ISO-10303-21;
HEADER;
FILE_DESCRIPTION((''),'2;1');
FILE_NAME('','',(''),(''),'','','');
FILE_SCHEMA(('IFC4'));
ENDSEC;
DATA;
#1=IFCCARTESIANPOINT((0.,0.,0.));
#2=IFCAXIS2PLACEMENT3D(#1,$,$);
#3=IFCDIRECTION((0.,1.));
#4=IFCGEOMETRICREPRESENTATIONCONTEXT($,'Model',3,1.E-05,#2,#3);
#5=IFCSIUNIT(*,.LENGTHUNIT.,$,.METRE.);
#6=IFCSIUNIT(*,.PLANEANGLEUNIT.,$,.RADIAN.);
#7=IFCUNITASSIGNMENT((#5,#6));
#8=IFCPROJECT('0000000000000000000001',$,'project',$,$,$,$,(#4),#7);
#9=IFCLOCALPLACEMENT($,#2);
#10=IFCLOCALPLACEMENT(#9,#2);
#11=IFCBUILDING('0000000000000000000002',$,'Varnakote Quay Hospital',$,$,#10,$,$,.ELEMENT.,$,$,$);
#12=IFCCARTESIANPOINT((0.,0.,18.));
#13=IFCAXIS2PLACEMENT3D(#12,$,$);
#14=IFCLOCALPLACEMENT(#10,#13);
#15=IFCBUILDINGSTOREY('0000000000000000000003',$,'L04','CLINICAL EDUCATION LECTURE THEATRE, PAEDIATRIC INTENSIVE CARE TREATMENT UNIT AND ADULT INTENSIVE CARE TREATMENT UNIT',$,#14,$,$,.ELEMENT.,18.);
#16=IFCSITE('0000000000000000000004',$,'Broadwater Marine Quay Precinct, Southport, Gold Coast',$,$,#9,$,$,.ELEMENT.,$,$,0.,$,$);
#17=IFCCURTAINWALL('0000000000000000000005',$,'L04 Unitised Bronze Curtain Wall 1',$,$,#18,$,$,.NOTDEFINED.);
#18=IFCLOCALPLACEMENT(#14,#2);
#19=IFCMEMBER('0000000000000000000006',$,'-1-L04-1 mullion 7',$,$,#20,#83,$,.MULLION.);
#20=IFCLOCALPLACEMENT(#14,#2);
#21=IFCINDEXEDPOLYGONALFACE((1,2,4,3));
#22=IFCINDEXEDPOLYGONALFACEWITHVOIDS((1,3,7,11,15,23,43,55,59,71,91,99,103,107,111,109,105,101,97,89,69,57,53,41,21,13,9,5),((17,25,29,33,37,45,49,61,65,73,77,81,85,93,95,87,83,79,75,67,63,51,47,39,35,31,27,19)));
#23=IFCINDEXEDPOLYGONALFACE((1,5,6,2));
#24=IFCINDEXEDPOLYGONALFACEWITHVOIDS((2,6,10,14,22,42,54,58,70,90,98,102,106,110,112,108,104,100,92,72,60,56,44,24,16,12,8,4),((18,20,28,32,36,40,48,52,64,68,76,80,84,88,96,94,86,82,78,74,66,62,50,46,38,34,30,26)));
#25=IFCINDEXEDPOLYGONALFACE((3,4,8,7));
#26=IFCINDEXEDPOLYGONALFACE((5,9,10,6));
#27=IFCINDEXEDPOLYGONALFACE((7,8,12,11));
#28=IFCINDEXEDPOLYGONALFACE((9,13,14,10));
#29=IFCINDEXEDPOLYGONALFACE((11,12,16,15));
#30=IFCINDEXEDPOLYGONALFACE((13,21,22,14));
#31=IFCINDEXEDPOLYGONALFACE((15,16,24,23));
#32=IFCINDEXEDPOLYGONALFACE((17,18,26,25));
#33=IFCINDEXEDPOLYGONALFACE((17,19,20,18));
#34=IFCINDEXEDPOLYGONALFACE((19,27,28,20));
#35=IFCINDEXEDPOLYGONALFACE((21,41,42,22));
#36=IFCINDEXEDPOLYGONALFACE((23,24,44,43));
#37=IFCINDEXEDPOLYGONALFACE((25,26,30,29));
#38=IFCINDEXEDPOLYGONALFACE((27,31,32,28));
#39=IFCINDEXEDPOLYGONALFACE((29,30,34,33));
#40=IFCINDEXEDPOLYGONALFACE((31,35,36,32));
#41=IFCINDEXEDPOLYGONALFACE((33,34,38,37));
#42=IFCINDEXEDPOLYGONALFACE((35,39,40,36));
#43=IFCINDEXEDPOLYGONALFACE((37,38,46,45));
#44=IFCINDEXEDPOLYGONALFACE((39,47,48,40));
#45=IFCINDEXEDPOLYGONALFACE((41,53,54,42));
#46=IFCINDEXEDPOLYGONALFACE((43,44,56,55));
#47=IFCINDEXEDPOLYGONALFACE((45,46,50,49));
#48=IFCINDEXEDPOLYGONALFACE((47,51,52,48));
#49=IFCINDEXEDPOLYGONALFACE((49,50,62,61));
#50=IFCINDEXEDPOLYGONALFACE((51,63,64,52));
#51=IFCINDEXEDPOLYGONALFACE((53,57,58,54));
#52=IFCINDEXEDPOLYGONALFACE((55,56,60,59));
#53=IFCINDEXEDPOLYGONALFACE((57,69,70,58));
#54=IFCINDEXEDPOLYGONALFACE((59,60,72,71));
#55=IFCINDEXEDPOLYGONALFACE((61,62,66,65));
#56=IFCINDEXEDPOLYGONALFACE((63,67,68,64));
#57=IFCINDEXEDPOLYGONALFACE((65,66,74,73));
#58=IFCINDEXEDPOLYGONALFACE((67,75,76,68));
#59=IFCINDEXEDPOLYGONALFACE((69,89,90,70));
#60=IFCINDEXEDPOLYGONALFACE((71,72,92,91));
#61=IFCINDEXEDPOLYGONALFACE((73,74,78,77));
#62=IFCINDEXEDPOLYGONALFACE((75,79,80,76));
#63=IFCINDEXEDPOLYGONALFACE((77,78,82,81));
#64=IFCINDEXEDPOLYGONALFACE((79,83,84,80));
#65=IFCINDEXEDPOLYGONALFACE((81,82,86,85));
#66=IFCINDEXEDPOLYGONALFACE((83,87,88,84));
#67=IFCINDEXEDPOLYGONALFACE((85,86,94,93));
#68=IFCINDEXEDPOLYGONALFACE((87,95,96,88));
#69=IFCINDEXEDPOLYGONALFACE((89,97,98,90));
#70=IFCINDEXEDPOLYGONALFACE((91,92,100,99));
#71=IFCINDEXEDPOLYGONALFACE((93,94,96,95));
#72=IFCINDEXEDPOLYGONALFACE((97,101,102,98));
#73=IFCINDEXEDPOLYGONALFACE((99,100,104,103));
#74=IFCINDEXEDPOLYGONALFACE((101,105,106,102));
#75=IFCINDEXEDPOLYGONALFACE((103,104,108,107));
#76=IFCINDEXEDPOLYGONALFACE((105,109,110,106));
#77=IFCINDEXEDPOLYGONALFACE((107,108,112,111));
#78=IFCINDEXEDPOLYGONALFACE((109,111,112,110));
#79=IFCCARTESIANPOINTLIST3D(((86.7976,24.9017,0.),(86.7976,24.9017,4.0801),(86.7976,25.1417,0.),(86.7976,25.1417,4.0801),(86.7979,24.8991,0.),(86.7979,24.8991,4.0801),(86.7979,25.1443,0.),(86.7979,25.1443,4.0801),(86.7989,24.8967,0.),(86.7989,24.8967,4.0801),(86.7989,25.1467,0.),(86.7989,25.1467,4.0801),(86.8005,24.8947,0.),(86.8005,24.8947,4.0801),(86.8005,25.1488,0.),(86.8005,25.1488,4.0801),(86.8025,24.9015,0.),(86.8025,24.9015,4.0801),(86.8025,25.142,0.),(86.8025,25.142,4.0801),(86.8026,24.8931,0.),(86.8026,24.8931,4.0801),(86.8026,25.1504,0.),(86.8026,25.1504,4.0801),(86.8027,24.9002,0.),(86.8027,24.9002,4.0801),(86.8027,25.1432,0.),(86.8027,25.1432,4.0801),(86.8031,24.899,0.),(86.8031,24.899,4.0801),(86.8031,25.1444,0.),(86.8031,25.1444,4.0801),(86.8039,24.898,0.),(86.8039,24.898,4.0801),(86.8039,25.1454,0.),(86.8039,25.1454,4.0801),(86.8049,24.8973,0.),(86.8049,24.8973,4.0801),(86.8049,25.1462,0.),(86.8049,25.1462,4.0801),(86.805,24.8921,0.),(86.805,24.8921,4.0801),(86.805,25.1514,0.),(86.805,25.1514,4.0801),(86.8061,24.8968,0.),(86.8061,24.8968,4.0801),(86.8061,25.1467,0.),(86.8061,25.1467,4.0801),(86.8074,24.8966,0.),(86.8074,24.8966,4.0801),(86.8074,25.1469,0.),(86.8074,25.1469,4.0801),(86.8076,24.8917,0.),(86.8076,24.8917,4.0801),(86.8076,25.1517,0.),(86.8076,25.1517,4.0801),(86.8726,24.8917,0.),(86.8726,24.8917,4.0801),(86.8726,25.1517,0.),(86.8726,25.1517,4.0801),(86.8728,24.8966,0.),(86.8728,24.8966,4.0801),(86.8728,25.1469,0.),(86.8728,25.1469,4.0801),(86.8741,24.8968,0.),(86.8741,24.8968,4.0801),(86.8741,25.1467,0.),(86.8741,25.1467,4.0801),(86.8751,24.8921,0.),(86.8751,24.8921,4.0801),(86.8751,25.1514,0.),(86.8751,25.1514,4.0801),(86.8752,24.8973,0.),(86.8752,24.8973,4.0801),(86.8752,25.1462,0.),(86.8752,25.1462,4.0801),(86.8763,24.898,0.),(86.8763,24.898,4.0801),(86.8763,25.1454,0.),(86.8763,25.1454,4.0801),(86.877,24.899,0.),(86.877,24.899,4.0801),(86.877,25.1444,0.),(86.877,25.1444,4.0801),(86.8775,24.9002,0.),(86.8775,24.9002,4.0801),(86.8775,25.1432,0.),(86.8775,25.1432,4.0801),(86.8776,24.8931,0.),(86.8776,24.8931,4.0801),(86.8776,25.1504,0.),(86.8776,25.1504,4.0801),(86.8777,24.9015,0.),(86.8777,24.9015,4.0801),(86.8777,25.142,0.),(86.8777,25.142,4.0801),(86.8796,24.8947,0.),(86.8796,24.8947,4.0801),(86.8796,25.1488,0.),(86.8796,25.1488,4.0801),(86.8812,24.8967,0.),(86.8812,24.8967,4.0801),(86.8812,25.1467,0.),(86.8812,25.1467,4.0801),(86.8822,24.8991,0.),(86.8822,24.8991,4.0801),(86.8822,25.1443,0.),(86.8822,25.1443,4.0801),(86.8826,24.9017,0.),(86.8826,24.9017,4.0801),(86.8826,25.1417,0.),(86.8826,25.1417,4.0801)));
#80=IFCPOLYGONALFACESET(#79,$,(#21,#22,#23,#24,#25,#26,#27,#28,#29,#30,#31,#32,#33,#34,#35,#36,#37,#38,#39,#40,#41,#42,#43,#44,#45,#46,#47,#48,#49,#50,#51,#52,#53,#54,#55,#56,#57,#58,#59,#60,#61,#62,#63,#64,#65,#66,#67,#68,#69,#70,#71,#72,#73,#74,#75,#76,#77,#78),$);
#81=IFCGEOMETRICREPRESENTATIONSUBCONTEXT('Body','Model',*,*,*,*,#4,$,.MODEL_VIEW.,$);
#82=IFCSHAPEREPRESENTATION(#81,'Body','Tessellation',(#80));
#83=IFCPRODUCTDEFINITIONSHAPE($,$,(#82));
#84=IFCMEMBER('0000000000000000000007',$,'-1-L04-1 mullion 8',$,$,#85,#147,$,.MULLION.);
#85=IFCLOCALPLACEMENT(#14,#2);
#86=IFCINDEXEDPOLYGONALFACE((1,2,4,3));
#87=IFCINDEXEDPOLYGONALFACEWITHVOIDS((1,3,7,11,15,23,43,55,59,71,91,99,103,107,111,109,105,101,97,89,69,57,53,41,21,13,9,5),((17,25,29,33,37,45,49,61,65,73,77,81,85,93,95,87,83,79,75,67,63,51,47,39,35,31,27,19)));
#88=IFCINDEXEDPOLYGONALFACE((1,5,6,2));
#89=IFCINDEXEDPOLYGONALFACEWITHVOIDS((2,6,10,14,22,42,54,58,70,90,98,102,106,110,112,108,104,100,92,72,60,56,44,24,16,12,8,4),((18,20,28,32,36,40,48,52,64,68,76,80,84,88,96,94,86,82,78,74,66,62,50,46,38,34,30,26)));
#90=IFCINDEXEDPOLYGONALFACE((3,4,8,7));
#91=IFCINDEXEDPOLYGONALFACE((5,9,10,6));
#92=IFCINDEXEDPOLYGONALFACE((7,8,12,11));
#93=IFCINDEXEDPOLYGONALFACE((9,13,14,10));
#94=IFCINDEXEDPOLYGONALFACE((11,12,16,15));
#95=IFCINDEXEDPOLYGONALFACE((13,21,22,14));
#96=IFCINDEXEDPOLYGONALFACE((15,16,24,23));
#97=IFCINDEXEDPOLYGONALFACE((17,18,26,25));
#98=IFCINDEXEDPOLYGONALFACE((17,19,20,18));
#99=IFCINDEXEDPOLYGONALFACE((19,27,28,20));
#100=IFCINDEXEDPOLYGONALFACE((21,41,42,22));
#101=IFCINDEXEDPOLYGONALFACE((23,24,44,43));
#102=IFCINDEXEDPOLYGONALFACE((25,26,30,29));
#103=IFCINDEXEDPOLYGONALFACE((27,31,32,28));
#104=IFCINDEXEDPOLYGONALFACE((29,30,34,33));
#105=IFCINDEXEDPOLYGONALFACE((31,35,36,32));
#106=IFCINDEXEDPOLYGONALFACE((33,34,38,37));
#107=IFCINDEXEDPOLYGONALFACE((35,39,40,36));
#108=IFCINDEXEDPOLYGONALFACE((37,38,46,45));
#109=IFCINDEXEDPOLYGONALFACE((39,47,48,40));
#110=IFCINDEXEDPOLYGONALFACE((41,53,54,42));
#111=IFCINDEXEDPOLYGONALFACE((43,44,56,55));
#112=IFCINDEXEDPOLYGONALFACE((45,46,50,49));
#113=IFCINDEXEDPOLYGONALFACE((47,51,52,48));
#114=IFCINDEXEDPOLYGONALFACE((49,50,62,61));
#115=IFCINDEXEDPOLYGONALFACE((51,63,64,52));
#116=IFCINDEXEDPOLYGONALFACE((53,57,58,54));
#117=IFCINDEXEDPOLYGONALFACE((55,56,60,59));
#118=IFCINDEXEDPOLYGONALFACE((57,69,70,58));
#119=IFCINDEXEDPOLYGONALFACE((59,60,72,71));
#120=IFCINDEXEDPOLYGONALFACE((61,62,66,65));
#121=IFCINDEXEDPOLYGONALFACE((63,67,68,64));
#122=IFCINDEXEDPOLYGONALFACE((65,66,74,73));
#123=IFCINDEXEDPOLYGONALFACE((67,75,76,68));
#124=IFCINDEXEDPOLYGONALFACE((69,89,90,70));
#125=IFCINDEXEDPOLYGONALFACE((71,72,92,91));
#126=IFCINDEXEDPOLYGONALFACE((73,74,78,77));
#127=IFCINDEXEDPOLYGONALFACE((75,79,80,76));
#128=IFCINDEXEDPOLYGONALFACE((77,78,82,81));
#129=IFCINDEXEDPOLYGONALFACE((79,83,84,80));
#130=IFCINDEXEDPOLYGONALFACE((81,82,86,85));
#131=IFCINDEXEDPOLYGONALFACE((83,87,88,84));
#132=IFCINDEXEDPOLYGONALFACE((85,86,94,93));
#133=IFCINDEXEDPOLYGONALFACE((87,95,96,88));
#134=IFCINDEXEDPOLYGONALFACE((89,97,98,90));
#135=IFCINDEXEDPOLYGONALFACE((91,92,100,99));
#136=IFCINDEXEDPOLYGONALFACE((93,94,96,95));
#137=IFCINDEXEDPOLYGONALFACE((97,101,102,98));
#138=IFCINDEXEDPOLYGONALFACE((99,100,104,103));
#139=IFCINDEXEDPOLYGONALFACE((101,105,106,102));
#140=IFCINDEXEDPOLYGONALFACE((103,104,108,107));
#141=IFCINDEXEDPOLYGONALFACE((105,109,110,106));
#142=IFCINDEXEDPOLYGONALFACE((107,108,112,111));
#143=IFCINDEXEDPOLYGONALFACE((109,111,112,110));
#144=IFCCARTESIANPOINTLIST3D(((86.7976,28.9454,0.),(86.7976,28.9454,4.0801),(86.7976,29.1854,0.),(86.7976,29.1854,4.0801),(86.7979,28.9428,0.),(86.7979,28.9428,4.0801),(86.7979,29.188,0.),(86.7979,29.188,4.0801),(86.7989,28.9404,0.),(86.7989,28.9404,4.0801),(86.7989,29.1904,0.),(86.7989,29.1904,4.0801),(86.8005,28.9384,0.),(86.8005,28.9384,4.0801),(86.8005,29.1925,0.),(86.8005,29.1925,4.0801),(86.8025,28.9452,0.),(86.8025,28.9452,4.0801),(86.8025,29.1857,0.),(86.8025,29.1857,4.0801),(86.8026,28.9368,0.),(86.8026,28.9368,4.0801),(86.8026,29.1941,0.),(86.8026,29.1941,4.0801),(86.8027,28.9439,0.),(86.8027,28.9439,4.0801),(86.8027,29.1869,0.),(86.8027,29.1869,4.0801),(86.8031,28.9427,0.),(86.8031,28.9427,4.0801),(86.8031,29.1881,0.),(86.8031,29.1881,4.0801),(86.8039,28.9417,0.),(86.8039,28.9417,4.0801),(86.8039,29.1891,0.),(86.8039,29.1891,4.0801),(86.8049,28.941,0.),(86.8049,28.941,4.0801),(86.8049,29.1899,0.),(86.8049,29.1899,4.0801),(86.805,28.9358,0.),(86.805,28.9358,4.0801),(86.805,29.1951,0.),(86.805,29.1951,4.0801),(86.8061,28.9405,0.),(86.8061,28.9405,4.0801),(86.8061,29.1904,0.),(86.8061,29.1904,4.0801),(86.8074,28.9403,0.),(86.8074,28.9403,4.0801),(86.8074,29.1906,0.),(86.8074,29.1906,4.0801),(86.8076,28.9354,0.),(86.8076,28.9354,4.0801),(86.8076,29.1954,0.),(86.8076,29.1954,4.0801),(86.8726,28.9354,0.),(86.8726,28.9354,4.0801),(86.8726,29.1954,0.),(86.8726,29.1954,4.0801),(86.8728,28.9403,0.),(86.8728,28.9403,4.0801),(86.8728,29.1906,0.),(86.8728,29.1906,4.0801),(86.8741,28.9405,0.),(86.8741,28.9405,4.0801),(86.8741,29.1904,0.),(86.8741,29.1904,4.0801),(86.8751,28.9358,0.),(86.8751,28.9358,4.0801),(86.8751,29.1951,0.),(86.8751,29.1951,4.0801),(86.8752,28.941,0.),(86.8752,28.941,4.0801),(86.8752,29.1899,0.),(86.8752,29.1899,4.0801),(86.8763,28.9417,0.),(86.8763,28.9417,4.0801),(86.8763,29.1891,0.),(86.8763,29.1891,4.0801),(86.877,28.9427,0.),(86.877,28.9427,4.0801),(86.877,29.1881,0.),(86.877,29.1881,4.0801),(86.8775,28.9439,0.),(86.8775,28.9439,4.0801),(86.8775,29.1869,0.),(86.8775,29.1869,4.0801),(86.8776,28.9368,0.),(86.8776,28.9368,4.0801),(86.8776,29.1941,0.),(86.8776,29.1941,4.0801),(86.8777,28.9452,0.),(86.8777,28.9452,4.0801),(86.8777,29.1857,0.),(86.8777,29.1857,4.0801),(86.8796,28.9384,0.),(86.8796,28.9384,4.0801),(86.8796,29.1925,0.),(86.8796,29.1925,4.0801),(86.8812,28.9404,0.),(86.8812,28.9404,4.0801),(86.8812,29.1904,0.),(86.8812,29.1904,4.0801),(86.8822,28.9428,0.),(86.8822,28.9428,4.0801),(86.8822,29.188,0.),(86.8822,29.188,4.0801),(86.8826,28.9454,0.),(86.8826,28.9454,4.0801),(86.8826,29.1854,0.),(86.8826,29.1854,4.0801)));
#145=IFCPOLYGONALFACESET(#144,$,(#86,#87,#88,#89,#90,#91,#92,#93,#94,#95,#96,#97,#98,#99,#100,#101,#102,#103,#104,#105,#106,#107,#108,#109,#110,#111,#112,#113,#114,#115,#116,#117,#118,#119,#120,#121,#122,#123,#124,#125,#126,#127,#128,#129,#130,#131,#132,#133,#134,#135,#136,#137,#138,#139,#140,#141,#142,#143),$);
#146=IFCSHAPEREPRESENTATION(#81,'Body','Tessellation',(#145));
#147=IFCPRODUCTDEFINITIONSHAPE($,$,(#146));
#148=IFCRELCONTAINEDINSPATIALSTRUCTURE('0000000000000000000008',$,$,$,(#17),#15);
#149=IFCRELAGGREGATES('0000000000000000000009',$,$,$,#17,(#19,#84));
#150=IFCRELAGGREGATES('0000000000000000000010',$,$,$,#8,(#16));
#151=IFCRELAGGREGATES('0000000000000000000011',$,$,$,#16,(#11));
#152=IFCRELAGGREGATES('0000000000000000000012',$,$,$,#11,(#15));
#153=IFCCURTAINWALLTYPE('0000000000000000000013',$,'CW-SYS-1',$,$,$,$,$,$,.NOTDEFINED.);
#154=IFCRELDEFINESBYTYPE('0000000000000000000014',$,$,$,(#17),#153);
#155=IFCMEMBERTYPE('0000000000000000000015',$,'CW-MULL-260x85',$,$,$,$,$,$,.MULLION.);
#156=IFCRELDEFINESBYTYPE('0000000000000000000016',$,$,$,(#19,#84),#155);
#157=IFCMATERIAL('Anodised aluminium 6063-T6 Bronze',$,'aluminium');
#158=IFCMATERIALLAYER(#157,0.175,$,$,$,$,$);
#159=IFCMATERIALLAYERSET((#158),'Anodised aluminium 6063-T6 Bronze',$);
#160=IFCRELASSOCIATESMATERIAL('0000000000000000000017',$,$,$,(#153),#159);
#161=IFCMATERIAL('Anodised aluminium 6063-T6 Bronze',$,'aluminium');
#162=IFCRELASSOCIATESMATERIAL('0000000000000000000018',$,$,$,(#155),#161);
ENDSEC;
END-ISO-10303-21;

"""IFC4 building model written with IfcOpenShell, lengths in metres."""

from ifc_helpers import new_model, si_unit, direction, frame, origin, origin_2d, place, context, subcontext, project, spatial, hollow_rectangle, extrude, material, layer, layer_set, material_profile, profile_set, type_object, element, aggregate, save


model = new_model("IFC4")

# Units and contexts
model_context = context("Model", 3, precision=1e-05, world=origin(), true_north=direction((0.0, 1.0)))
body_context = subcontext(model_context, "Body", "Model", "MODEL_VIEW")
ifc_project = project(units=[si_unit("LENGTHUNIT", "METRE"), si_unit("PLANEANGLEUNIT", "RADIAN")], contexts=[model_context])

# Site, building, storey
site_placement = place(None, origin())
site = spatial("IfcSite", under=ifc_project, at=site_placement, Name="Broadwater Marine Quay Precinct, Southport, Gold Coast", CompositionType="ELEMENT", RefElevation=0.0)
building_placement = place(site_placement, origin())
building = spatial("IfcBuilding", under=site, at=building_placement, Name="Varnakote Quay Hospital", CompositionType="ELEMENT")
storey_placement = place(building_placement, frame((0.0, 0.0, 18.0)))
storey = spatial("IfcBuildingStorey", under=building, at=storey_placement, Name="L04", Description="CLINICAL EDUCATION LECTURE THEATRE, PAEDIATRIC INTENSIVE CARE TREATMENT UNIT AND ADULT INTENSIVE CARE TREATMENT UNIT", CompositionType="ELEMENT", Elevation=18.0)

# Curtain wall, members
ifc_material_1 = material(Name="Anodised aluminium 6063-T6 Bronze", Category="aluminium")
ifc_layer_1 = layer(ifc_material_1, 0.175)
ifc_layer_set_1 = layer_set([ifc_layer_1], Name="Anodised aluminium 6063-T6 Bronze")
curtain_wall_type = type_object("IfcCurtainWallType", Name="CW-SYS-1", PredefinedType="NOTDEFINED", material=ifc_layer_set_1)
curtain_wall_placement = place(storey_placement, origin())
curtain_wall = element("IfcCurtainWall", 1, at=curtain_wall_placement, inside=storey, type_object=curtain_wall_type, Name="L04 Unitised Bronze Curtain Wall 1", PredefinedType="NOTDEFINED")
ifc_material_2 = material(Name="Anodised aluminium 6063-T6 Bronze", Category="aluminium")
ifc_material_profile_1 = material_profile(ifc_material_2, hollow_rectangle(XDim=0.085, YDim=0.26, WallThickness=0.0049, InnerFilletRadius=0.0049, OuterFilletRadius=0.01, at=origin_2d()), Name="CW-MULL-260x85")
ifc_profile_set_1 = profile_set([ifc_material_profile_1], Name="Anodised aluminium 6063-T6 Bronze")
member_type_1 = type_object("IfcMemberType", Name="CW-MULL-260x85", PredefinedType="MULLION", material=ifc_profile_set_1)
member_1_placement = place(storey_placement, frame((86.8401, 25.0217, 0.0), z_axis=(0.0, 0.0, 1.0), x_axis=(-1.0, 0.0, 0.0)))
member_1 = element("IfcMember", 2, at=member_1_placement, type_object=member_type_1, Name="-1-L04-1 mullion 7", PredefinedType="MULLION", context=body_context, shape_type="SweptSolid", body=[
    extrude(hollow_rectangle(XDim=0.085, YDim=0.26, WallThickness=0.0049, InnerFilletRadius=0.0049, OuterFilletRadius=0.01, at=origin_2d()), origin(), (0.0, 0.0, 1.0), 4.0801),
])
member_2_placement = place(storey_placement, frame((86.8401, 29.0654, 0.0), z_axis=(0.0, 0.0, 1.0), x_axis=(-1.0, 0.0, 0.0)))
member_2 = element("IfcMember", 3, at=member_2_placement, type_object=member_type_1, Name="-1-L04-1 mullion 8", PredefinedType="MULLION", context=body_context, shape_type="SweptSolid", body=[
    extrude(hollow_rectangle(XDim=0.085, YDim=0.26, WallThickness=0.0049, InnerFilletRadius=0.0049, OuterFilletRadius=0.01, at=origin_2d()), origin(), (0.0, 0.0, 1.0), 4.0801),
])
aggregate(curtain_wall, [member_1, member_2])

save(model, "model.ifc")
